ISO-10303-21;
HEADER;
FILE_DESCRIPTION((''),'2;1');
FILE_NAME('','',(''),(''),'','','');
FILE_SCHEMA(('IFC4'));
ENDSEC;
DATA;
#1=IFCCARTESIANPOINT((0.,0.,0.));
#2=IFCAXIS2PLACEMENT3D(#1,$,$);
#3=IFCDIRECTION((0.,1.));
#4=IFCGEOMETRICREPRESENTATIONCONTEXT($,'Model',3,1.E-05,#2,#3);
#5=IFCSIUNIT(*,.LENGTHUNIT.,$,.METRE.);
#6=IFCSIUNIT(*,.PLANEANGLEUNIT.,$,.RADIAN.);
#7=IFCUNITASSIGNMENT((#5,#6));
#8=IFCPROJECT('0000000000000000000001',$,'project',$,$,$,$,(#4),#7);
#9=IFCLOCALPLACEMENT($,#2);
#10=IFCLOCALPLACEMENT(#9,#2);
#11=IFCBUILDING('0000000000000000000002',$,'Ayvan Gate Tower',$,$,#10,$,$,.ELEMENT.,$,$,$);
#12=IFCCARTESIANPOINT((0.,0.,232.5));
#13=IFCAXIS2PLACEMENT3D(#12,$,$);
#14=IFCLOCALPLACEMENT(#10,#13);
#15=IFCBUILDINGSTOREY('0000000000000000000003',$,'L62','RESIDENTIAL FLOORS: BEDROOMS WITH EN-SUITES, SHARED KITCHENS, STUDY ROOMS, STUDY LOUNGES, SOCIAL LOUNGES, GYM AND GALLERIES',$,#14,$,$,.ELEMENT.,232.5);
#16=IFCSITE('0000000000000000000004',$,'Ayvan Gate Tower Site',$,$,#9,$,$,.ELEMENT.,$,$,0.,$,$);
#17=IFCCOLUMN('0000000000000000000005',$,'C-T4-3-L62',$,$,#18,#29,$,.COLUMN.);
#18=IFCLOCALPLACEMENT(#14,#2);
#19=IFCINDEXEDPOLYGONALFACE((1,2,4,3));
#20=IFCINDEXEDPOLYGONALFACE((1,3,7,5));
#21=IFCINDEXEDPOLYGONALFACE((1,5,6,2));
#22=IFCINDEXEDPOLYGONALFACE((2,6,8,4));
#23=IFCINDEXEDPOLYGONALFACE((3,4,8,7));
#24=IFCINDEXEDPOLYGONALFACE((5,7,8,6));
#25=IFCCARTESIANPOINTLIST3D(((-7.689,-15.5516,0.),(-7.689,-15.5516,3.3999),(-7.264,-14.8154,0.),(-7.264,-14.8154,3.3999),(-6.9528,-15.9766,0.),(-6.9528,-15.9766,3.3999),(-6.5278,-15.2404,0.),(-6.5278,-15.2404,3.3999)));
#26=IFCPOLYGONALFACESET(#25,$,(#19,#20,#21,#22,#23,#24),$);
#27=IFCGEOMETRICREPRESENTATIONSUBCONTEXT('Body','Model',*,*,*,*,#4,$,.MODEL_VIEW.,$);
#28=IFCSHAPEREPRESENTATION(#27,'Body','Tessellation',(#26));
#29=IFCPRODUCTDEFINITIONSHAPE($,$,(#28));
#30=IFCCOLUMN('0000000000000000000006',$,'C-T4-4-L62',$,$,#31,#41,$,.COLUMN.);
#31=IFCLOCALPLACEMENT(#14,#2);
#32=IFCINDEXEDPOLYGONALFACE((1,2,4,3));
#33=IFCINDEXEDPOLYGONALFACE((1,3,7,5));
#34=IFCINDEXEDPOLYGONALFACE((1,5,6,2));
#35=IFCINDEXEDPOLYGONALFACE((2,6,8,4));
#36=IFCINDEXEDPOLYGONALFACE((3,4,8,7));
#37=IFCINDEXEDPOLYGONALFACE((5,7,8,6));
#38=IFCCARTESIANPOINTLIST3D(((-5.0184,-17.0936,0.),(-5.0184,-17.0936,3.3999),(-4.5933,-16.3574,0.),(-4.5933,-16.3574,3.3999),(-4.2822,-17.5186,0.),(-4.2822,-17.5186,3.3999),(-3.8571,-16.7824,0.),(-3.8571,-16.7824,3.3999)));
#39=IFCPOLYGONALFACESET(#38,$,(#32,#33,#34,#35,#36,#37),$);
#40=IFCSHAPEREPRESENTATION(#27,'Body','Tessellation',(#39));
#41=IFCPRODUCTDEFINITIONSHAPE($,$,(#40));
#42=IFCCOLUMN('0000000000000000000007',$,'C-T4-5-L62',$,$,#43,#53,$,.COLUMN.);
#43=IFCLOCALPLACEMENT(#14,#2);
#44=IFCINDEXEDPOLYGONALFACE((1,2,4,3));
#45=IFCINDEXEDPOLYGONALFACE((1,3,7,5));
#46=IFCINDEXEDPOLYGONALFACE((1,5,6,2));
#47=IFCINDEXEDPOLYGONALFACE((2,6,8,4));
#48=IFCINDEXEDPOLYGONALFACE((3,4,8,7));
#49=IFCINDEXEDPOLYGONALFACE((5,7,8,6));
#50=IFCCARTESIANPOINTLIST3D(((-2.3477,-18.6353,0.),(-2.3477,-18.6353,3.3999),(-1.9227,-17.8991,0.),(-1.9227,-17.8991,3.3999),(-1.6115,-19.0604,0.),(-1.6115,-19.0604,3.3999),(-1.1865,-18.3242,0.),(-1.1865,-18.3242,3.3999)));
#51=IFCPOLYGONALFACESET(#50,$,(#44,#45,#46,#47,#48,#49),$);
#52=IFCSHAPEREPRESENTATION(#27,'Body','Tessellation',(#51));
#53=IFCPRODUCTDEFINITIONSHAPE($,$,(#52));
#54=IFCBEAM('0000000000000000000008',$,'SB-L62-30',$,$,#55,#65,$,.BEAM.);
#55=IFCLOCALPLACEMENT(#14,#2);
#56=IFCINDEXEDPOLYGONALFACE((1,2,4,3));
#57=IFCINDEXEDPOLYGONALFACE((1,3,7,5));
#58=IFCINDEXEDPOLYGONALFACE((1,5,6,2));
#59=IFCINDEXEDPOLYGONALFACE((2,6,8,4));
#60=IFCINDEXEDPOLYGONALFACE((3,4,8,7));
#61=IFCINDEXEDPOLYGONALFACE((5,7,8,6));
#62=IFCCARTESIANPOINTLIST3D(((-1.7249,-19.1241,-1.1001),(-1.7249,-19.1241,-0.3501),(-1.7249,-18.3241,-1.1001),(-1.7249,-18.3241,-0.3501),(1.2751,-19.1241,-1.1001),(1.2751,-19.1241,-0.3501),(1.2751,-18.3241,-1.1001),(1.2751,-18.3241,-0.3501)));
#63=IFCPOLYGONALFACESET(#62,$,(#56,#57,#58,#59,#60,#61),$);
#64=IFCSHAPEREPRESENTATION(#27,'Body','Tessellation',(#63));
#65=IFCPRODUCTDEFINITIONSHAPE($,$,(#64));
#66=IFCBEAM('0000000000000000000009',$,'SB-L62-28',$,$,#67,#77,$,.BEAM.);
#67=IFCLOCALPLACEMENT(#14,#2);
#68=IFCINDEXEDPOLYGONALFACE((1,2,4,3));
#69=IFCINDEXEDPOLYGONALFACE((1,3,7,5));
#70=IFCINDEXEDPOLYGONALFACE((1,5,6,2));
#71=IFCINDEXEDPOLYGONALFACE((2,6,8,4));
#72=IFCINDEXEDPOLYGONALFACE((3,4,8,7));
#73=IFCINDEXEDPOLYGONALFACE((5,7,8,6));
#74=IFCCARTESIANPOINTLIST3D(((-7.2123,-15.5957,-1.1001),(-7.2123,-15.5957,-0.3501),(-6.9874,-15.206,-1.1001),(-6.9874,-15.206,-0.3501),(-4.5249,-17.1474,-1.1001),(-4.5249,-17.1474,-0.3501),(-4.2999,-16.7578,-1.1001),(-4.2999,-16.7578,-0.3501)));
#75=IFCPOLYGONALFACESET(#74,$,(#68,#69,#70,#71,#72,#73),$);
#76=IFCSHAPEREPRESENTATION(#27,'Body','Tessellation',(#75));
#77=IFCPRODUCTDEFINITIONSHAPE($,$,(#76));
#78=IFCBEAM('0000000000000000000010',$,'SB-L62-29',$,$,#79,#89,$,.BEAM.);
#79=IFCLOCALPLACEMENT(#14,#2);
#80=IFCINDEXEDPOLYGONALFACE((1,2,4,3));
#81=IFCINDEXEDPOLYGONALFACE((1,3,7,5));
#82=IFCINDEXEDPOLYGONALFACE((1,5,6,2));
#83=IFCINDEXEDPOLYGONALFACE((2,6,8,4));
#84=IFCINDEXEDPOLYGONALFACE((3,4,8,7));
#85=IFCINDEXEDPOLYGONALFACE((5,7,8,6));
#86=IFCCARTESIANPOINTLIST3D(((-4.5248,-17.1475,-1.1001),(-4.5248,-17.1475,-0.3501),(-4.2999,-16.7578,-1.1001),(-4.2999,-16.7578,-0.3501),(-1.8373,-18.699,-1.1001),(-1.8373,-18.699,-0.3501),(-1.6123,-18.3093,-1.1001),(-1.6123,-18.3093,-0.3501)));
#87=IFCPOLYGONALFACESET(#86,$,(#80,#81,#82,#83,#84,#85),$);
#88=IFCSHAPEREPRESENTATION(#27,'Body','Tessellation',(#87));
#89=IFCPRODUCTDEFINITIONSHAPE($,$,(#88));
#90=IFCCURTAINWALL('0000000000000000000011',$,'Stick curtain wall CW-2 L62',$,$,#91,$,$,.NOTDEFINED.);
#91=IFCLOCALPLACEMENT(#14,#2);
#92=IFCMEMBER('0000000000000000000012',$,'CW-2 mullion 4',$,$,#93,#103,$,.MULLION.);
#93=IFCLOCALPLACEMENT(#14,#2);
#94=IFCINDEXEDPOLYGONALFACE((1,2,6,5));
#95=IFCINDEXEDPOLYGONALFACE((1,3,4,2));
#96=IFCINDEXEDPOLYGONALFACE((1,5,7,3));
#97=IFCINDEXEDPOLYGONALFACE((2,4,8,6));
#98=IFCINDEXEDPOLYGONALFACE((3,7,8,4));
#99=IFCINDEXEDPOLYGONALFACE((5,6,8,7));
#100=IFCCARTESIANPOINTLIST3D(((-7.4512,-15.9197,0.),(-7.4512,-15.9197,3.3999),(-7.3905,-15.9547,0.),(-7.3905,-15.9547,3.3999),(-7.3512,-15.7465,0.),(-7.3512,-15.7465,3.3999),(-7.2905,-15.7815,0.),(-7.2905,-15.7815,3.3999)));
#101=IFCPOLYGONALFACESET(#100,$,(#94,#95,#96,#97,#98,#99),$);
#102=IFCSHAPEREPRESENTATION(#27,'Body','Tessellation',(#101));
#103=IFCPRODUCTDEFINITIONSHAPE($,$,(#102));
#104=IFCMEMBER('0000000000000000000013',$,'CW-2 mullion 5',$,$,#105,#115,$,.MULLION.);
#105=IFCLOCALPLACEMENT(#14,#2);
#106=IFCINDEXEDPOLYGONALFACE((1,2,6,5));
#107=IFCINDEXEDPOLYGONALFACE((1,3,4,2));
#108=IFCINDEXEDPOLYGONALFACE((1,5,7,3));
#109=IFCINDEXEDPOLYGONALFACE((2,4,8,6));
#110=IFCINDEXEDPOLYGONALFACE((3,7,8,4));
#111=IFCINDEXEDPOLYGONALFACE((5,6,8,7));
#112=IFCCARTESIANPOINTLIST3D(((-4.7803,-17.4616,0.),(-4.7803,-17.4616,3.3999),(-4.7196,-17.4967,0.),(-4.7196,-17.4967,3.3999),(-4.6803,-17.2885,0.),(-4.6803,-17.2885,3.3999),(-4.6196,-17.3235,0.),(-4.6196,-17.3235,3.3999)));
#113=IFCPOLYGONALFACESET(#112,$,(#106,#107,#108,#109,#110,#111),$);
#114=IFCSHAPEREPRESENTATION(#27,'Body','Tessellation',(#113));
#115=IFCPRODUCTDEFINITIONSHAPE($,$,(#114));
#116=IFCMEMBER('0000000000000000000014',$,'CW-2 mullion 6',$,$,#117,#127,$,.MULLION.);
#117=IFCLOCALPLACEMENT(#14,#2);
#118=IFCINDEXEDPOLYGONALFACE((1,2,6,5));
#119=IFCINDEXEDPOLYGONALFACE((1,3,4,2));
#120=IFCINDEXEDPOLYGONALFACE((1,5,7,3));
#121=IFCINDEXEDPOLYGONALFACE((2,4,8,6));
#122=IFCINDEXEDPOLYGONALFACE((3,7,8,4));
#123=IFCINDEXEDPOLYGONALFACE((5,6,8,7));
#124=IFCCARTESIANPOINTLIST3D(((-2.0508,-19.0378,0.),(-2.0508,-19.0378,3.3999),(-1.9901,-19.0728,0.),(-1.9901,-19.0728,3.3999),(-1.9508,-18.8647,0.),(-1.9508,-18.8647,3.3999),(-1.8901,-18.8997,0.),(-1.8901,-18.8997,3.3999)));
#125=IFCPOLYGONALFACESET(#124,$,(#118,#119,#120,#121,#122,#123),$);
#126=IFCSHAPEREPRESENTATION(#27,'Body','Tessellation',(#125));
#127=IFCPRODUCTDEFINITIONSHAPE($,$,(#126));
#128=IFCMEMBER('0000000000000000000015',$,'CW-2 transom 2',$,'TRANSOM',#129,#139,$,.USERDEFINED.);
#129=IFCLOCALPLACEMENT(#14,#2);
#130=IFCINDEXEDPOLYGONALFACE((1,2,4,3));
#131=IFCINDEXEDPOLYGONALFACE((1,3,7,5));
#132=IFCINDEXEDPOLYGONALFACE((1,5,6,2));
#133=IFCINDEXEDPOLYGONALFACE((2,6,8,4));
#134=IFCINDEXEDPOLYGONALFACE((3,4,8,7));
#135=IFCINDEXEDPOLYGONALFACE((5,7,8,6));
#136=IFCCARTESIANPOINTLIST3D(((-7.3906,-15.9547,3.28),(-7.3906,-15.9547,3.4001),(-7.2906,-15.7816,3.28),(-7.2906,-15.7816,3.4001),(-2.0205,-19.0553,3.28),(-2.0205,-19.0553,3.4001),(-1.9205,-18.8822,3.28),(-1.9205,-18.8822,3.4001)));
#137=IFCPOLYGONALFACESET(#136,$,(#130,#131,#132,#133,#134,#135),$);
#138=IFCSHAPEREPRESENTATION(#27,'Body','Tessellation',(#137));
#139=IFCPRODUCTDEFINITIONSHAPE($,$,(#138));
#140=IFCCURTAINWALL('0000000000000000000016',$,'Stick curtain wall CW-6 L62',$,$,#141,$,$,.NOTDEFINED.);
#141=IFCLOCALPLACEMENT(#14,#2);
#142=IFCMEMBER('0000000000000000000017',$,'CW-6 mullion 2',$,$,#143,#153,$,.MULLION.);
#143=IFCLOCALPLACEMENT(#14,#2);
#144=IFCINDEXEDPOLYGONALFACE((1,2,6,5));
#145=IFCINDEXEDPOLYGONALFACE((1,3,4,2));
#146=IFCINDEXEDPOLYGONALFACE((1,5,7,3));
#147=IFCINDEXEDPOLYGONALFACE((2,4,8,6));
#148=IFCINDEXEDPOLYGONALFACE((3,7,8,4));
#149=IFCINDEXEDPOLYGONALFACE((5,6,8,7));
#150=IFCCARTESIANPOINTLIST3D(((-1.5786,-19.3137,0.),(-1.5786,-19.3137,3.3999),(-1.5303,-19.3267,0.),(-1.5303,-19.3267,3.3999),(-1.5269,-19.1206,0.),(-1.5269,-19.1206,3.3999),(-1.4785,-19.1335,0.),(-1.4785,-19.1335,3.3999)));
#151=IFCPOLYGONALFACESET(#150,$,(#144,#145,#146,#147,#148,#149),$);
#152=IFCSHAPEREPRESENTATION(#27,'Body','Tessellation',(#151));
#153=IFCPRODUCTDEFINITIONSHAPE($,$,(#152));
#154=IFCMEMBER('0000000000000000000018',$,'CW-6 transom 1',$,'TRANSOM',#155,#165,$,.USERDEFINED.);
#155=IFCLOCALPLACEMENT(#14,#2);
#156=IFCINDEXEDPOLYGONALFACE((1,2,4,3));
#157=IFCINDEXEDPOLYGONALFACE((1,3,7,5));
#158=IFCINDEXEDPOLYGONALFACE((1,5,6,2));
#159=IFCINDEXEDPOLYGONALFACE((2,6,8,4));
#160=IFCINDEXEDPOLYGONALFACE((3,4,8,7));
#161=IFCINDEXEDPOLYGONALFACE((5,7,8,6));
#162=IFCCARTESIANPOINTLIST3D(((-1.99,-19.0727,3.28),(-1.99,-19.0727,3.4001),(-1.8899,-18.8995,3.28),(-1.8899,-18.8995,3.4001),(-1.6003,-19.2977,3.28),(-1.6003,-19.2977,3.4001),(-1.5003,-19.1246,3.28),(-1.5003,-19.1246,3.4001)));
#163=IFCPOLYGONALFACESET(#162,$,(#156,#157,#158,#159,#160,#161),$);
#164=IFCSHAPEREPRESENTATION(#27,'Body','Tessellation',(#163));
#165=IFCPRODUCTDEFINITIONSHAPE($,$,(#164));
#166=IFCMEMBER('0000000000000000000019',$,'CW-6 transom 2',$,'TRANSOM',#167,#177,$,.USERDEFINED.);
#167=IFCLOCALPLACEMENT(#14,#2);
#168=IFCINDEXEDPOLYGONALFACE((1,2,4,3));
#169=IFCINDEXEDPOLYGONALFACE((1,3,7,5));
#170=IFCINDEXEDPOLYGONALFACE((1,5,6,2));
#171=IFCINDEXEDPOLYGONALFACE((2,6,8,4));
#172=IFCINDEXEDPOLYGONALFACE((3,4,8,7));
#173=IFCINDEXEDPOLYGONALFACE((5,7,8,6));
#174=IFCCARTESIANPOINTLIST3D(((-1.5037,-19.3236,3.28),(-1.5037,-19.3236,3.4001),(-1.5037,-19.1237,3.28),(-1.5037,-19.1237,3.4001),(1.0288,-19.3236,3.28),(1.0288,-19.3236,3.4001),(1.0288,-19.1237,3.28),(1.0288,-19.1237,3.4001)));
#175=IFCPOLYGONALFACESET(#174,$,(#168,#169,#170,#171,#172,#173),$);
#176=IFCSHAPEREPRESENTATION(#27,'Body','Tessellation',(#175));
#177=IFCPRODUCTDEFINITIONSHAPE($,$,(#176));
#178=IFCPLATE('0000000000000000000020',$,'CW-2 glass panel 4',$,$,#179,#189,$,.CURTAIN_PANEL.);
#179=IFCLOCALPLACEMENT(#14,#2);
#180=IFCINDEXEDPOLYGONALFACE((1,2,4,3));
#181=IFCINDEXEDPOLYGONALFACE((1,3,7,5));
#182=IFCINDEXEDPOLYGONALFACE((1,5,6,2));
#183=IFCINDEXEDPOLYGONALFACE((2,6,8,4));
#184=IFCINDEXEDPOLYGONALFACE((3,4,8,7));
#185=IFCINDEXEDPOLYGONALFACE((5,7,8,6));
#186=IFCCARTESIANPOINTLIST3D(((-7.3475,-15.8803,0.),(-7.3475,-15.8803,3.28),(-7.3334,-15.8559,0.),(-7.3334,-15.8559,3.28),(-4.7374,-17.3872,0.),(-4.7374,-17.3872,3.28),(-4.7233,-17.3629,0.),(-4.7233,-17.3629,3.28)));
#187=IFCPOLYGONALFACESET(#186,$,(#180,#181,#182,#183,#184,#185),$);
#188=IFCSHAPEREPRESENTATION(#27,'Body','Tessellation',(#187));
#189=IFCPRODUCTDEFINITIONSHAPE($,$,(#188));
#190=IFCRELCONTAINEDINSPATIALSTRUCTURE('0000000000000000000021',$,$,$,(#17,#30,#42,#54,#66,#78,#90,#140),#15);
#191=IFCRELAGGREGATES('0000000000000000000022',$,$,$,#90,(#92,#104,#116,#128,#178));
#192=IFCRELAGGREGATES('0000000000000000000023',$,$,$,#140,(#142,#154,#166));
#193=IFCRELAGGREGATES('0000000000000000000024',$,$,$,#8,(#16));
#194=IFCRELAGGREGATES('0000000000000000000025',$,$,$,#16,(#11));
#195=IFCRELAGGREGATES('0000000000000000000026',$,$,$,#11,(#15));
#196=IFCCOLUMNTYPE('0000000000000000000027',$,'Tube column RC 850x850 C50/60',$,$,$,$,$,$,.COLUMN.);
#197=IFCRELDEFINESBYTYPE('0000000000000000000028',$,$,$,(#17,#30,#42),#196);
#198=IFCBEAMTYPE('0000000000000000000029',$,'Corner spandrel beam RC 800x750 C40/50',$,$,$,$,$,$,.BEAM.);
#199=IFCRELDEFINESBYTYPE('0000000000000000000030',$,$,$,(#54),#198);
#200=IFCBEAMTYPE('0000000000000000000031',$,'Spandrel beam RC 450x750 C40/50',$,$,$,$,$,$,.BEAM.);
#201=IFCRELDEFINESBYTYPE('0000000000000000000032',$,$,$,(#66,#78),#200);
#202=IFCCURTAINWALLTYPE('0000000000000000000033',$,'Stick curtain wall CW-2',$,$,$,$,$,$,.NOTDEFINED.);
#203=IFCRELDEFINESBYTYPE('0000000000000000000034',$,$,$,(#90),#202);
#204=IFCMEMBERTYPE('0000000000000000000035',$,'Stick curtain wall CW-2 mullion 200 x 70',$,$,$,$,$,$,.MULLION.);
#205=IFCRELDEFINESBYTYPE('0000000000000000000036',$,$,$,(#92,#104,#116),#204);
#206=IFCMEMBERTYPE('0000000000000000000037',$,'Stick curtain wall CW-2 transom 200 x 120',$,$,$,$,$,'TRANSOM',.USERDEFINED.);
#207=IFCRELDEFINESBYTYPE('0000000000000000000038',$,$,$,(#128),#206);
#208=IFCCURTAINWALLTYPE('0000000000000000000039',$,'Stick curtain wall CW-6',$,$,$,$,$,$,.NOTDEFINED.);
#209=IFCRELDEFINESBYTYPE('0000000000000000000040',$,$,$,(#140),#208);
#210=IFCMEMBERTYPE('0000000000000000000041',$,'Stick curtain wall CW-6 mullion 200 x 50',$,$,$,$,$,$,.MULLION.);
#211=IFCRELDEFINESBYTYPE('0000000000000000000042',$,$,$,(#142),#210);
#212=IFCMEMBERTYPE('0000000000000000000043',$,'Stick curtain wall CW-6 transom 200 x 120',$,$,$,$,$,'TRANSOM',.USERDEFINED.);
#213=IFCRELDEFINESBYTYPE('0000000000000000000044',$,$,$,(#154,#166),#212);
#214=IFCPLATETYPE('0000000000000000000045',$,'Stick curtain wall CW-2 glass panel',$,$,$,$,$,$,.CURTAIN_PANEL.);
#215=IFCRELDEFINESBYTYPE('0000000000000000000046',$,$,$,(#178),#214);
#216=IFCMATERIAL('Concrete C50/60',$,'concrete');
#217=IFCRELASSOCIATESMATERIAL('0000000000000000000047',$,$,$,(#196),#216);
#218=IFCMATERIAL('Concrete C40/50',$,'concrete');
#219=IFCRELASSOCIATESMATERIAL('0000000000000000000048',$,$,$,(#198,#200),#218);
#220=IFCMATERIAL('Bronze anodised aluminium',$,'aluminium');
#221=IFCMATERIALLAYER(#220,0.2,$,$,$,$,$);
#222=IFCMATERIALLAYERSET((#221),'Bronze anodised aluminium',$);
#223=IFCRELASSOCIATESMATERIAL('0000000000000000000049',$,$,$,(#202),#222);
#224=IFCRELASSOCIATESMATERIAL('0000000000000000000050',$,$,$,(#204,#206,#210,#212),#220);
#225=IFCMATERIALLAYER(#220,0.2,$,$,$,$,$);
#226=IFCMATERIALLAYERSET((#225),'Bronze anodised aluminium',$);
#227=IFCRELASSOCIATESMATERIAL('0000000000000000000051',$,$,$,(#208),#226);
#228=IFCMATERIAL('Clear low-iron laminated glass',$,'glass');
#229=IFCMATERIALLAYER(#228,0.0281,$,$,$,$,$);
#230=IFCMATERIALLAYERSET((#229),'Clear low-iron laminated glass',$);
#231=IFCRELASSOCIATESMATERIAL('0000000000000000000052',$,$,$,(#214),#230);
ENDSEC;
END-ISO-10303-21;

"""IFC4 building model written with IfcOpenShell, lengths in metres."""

from ifc_helpers import new_model, si_unit, direction, frame, origin, origin_2d, place, context, subcontext, project, spatial, rectangle, extrude, material, layer, layer_set, material_profile, profile_set, type_object, element, aggregate, save


model = new_model("IFC4")

# Units and contexts
model_context = context("Model", 3, precision=1e-05, world=origin(), true_north=direction((0.0, 1.0)))
body_context = subcontext(model_context, "Body", "Model", "MODEL_VIEW")
ifc_project = project(units=[si_unit("LENGTHUNIT", "METRE"), si_unit("PLANEANGLEUNIT", "RADIAN")], contexts=[model_context])

# Site, building, storey
site_placement = place(None, origin())
site = spatial("IfcSite", under=ifc_project, at=site_placement, Name="Ayvan Gate Tower Site", CompositionType="ELEMENT", RefElevation=0.0)
building_placement = place(site_placement, origin())
building = spatial("IfcBuilding", under=site, at=building_placement, Name="Ayvan Gate Tower", CompositionType="ELEMENT")
storey_placement = place(building_placement, frame((0.0, 0.0, 232.5)))
storey = spatial("IfcBuildingStorey", under=building, at=storey_placement, Name="L62", Description="RESIDENTIAL FLOORS: BEDROOMS WITH EN-SUITES, SHARED KITCHENS, STUDY ROOMS, STUDY LOUNGES, SOCIAL LOUNGES, GYM AND GALLERIES", CompositionType="ELEMENT", Elevation=232.5)

# Columns
ifc_material_1 = material(Name="Concrete C50/60", Category="concrete")
ifc_material_profile_1 = material_profile(ifc_material_1, rectangle(XDim=0.8501, YDim=0.8501, at=origin_2d()), Name="RC 850x850")
ifc_profile_set_1 = profile_set([ifc_material_profile_1], Name="Concrete C50/60")
column_type = type_object("IfcColumnType", Name="Tube column RC 850x850 C50/60", PredefinedType="COLUMN", material=ifc_profile_set_1)
for number, where, z_axis, x_axis, name in (
    (1, (-7.1084, -15.396, 0.0), (0.0, 0.0, 1.0), (-0.5, -0.866025, 0.0), "C-T4-3-L62"),
    (2, (-4.4377, -16.938, 0.0), (0.0, 0.0, 1.0), (-0.5, -0.866025, 0.0), "C-T4-4-L62"),
    (3, (-1.7671, -18.4797, 0.0), (0.0, 0.0, 1.0), (-0.5, -0.866025, 0.0), "C-T4-5-L62"),
):
    element("IfcColumn", number, at=place(storey_placement, frame(where, z_axis=z_axis, x_axis=x_axis)), inside=storey, type_object=column_type, Name=name, PredefinedType="COLUMN", context=body_context, shape_type="SweptSolid", body=[
        extrude(rectangle(XDim=0.8501, YDim=0.8501, at=origin_2d()), origin(), (0.0, 0.0, 1.0), 3.3999),
    ])

# Beams
ifc_material_2 = material(Name="Concrete C40/50", Category="concrete")
ifc_material_profile_2 = material_profile(ifc_material_2, rectangle(XDim=0.8, YDim=0.75, at=origin_2d()), Name="RC 800x750")
ifc_profile_set_2 = profile_set([ifc_material_profile_2], Name="Concrete C40/50")
beam_type_1 = type_object("IfcBeamType", Name="Corner spandrel beam RC 800x750 C40/50", PredefinedType="BEAM", material=ifc_profile_set_2)
beam_placement = place(storey_placement, frame((-1.7249, -18.7241, -0.7251), z_axis=(1.0, 0.0, 0.0), x_axis=(0.0, 1.0, 0.0)))
element("IfcBeam", 4, at=beam_placement, inside=storey, type_object=beam_type_1, Name="SB-L62-30", PredefinedType="BEAM", context=body_context, shape_type="SweptSolid", body=[
    extrude(rectangle(XDim=0.8, YDim=0.75, at=origin_2d()), origin(), (0.0, 0.0, 1.0), 3.0),
])
ifc_material_profile_3 = material_profile(ifc_material_2, rectangle(XDim=0.45, YDim=0.75, at=origin_2d()), Name="RC 450x750")
ifc_profile_set_3 = profile_set([ifc_material_profile_3], Name="Concrete C40/50")
beam_type_2 = type_object("IfcBeamType", Name="Spandrel beam RC 450x750 C40/50", PredefinedType="BEAM", material=ifc_profile_set_3)
for number, where, z_axis, x_axis, name in (
    (5, (-7.0999, -15.4009, -0.7251), (0.866007, -0.500031, 0.0), (0.500031, 0.866007, 0.0), "SB-L62-28"),
    (6, (-4.4124, -16.9526, -0.7251), (0.866041, -0.499972, 0.0), (0.499972, 0.866041, 0.0), "SB-L62-29"),
):
    element("IfcBeam", number, at=place(storey_placement, frame(where, z_axis=z_axis, x_axis=x_axis)), inside=storey, type_object=beam_type_2, Name=name, PredefinedType="BEAM", context=body_context, shape_type="SweptSolid", body=[
        extrude(rectangle(XDim=0.45, YDim=0.75, at=origin_2d()), origin(), (0.0, 0.0, 1.0), 3.1033),
    ])

# Curtain walls, members
ifc_material_3 = material(Name="Bronze anodised aluminium", Category="aluminium")
ifc_layer_1 = layer(ifc_material_3, 0.2)
ifc_layer_set_1 = layer_set([ifc_layer_1], Name="Bronze anodised aluminium")
curtain_wall_type_1 = type_object("IfcCurtainWallType", Name="Stick curtain wall CW-2", PredefinedType="NOTDEFINED", material=ifc_layer_set_1)
curtain_wall_1_placement = place(storey_placement, origin())
curtain_wall_1 = element("IfcCurtainWall", 7, at=curtain_wall_1_placement, inside=storey, type_object=curtain_wall_type_1, Name="Stick curtain wall CW-2 L62", PredefinedType="NOTDEFINED")
ifc_material_profile_4 = material_profile(ifc_material_3, rectangle(XDim=0.2, YDim=0.0701, at=origin_2d()), Name="Stick curtain wall CW-2 mullion 200 x 70")
ifc_profile_set_4 = profile_set([ifc_material_profile_4], Name="Bronze anodised aluminium")
member_type_1 = type_object("IfcMemberType", Name="Stick curtain wall CW-2 mullion 200 x 70", PredefinedType="MULLION", material=ifc_profile_set_4)
member_1_placement = place(storey_placement, frame((-7.3708, -15.8506, 0.0), z_axis=(0.0, 0.0, 1.0), x_axis=(-0.5, -0.866025, 0.0)))
member_1 = element("IfcMember", 8, at=member_1_placement, type_object=member_type_1, Name="CW-2 mullion 4", PredefinedType="MULLION", context=body_context, shape_type="SweptSolid", body=[
    extrude(rectangle(XDim=0.2, YDim=0.0701, at=origin_2d()), origin(), (0.0, 0.0, 1.0), 3.3999),
])
member_2_placement = place(storey_placement, frame((-4.7, -17.3926, 0.0), z_axis=(0.0, 0.0, 1.0), x_axis=(-0.5, -0.866025, 0.0)))
member_2 = element("IfcMember", 9, at=member_2_placement, type_object=member_type_1, Name="CW-2 mullion 5", PredefinedType="MULLION", context=body_context, shape_type="SweptSolid", body=[
    extrude(rectangle(XDim=0.2, YDim=0.0701, at=origin_2d()), origin(), (0.0, 0.0, 1.0), 3.3999),
])
member_3_placement = place(storey_placement, frame((-1.9705, -18.9688, 0.0), z_axis=(0.0, 0.0, 1.0), x_axis=(-0.5, -0.866025, 0.0)))
member_3 = element("IfcMember", 10, at=member_3_placement, type_object=member_type_1, Name="CW-2 mullion 6", PredefinedType="MULLION", context=body_context, shape_type="SweptSolid", body=[
    extrude(rectangle(XDim=0.2, YDim=0.0701, at=origin_2d()), origin(), (0.0, 0.0, 1.0), 3.3999),
])
ifc_material_profile_5 = material_profile(ifc_material_3, rectangle(XDim=0.2, YDim=0.1201, at=origin_2d()), Name="Stick curtain wall CW-2 transom 200 x 120")
ifc_profile_set_5 = profile_set([ifc_material_profile_5], Name="Bronze anodised aluminium")
member_type_2 = type_object("IfcMemberType", Name="Stick curtain wall CW-2 transom 200 x 120", ElementType="TRANSOM", PredefinedType="USERDEFINED", material=ifc_profile_set_5)
member_4_placement = place(storey_placement, frame((-7.3406, -15.8682, 3.3401), z_axis=(0.866015, -0.500018, 0.0), x_axis=(0.500018, 0.866015, 0.0)))
member_4 = element("IfcMember", 11, at=member_4_placement, type_object=member_type_2, Name="CW-2 transom 2", ObjectType="TRANSOM", PredefinedType="USERDEFINED", context=body_context, shape_type="SweptSolid", body=[
    extrude(rectangle(XDim=0.2, YDim=0.1201, at=origin_2d()), origin(), (0.0, 0.0, 1.0), 6.2009),
])
ifc_layer_2 = layer(ifc_material_3, 0.2)
ifc_layer_set_2 = layer_set([ifc_layer_2], Name="Bronze anodised aluminium")
curtain_wall_type_2 = type_object("IfcCurtainWallType", Name="Stick curtain wall CW-6", PredefinedType="NOTDEFINED", material=ifc_layer_set_2)
curtain_wall_2_placement = place(storey_placement, origin())
curtain_wall_2 = element("IfcCurtainWall", 12, at=curtain_wall_2_placement, inside=storey, type_object=curtain_wall_type_2, Name="Stick curtain wall CW-6 L62", PredefinedType="NOTDEFINED")
ifc_material_profile_6 = material_profile(ifc_material_3, rectangle(XDim=0.2, YDim=0.05, at=origin_2d()), Name="Stick curtain wall CW-6 mullion 200 x 50")
ifc_profile_set_6 = profile_set([ifc_material_profile_6], Name="Bronze anodised aluminium")
member_type_3 = type_object("IfcMemberType", Name="Stick curtain wall CW-6 mullion 200 x 50", PredefinedType="MULLION", material=ifc_profile_set_6)
member_5_placement = place(storey_placement, frame((-1.5286, -19.2236, 0.0), z_axis=(0.0, 0.0, 1.0), x_axis=(-0.258819, -0.965926, 0.0)))
member_5 = element("IfcMember", 13, at=member_5_placement, type_object=member_type_3, Name="CW-6 mullion 2", PredefinedType="MULLION", context=body_context, shape_type="SweptSolid", body=[
    extrude(rectangle(XDim=0.2, YDim=0.05, at=origin_2d()), origin(), (0.0, 0.0, 1.0), 3.3999),
])
ifc_material_profile_7 = material_profile(ifc_material_3, rectangle(XDim=0.2, YDim=0.1201, at=origin_2d()), Name="Stick curtain wall CW-6 transom 200 x 120")
ifc_profile_set_7 = profile_set([ifc_material_profile_7], Name="Bronze anodised aluminium")
member_type_4 = type_object("IfcMemberType", Name="Stick curtain wall CW-6 transom 200 x 120", ElementType="TRANSOM", PredefinedType="USERDEFINED", material=ifc_profile_set_7)
member_6_placement = place(storey_placement, frame((-1.9399, -18.9861, 3.3401), z_axis=(0.865896, -0.500223, 0.0), x_axis=(0.500223, 0.865896, 0.0)))
member_6 = element("IfcMember", 14, at=member_6_placement, type_object=member_type_4, Name="CW-6 transom 1", ObjectType="TRANSOM", PredefinedType="USERDEFINED", context=body_context, shape_type="SweptSolid", body=[
    extrude(rectangle(XDim=0.2, YDim=0.1201, at=origin_2d()), origin(), (0.0, 0.0, 1.0), 0.45),
])
member_7_placement = place(storey_placement, frame((-1.5037, -19.2236, 3.3401), z_axis=(1.0, 0.0, 0.0), x_axis=(0.0, 1.0, 0.0)))
member_7 = element("IfcMember", 15, at=member_7_placement, type_object=member_type_4, Name="CW-6 transom 2", ObjectType="TRANSOM", PredefinedType="USERDEFINED", context=body_context, shape_type="SweptSolid", body=[
    extrude(rectangle(XDim=0.2, YDim=0.1201, at=origin_2d()), origin(), (0.0, 0.0, 1.0), 2.5325),
])

# Plate
ifc_material_4 = material(Name="Clear low-iron laminated glass", Category="glass")
ifc_layer_3 = layer(ifc_material_4, 0.0281)
ifc_layer_set_3 = layer_set([ifc_layer_3], Name="Clear low-iron laminated glass")
plate_type_1 = type_object("IfcPlateType", Name="Stick curtain wall CW-2 glass panel", PredefinedType="CURTAIN_PANEL", material=ifc_layer_set_3)
plate_1_placement = place(storey_placement, frame((-6.0354, -16.6216, 0.0), z_axis=(0.0, 0.0, 1.0), x_axis=(0.866025, -0.5, 0.0)))
plate_1 = element("IfcPlate", 16, at=plate_1_placement, type_object=plate_type_1, Name="CW-2 glass panel 4", PredefinedType="CURTAIN_PANEL", context=body_context, shape_type="SweptSolid", body=[
    extrude(rectangle(XDim=3.0139, YDim=0.0281, at=origin_2d()), origin(), (0.0, 0.0, 1.0), 3.28),
])
aggregate(curtain_wall_1, [member_1, member_2, member_3, member_4, plate_1])
aggregate(curtain_wall_2, [member_5, member_6, member_7])

save(model, "model.ifc")
